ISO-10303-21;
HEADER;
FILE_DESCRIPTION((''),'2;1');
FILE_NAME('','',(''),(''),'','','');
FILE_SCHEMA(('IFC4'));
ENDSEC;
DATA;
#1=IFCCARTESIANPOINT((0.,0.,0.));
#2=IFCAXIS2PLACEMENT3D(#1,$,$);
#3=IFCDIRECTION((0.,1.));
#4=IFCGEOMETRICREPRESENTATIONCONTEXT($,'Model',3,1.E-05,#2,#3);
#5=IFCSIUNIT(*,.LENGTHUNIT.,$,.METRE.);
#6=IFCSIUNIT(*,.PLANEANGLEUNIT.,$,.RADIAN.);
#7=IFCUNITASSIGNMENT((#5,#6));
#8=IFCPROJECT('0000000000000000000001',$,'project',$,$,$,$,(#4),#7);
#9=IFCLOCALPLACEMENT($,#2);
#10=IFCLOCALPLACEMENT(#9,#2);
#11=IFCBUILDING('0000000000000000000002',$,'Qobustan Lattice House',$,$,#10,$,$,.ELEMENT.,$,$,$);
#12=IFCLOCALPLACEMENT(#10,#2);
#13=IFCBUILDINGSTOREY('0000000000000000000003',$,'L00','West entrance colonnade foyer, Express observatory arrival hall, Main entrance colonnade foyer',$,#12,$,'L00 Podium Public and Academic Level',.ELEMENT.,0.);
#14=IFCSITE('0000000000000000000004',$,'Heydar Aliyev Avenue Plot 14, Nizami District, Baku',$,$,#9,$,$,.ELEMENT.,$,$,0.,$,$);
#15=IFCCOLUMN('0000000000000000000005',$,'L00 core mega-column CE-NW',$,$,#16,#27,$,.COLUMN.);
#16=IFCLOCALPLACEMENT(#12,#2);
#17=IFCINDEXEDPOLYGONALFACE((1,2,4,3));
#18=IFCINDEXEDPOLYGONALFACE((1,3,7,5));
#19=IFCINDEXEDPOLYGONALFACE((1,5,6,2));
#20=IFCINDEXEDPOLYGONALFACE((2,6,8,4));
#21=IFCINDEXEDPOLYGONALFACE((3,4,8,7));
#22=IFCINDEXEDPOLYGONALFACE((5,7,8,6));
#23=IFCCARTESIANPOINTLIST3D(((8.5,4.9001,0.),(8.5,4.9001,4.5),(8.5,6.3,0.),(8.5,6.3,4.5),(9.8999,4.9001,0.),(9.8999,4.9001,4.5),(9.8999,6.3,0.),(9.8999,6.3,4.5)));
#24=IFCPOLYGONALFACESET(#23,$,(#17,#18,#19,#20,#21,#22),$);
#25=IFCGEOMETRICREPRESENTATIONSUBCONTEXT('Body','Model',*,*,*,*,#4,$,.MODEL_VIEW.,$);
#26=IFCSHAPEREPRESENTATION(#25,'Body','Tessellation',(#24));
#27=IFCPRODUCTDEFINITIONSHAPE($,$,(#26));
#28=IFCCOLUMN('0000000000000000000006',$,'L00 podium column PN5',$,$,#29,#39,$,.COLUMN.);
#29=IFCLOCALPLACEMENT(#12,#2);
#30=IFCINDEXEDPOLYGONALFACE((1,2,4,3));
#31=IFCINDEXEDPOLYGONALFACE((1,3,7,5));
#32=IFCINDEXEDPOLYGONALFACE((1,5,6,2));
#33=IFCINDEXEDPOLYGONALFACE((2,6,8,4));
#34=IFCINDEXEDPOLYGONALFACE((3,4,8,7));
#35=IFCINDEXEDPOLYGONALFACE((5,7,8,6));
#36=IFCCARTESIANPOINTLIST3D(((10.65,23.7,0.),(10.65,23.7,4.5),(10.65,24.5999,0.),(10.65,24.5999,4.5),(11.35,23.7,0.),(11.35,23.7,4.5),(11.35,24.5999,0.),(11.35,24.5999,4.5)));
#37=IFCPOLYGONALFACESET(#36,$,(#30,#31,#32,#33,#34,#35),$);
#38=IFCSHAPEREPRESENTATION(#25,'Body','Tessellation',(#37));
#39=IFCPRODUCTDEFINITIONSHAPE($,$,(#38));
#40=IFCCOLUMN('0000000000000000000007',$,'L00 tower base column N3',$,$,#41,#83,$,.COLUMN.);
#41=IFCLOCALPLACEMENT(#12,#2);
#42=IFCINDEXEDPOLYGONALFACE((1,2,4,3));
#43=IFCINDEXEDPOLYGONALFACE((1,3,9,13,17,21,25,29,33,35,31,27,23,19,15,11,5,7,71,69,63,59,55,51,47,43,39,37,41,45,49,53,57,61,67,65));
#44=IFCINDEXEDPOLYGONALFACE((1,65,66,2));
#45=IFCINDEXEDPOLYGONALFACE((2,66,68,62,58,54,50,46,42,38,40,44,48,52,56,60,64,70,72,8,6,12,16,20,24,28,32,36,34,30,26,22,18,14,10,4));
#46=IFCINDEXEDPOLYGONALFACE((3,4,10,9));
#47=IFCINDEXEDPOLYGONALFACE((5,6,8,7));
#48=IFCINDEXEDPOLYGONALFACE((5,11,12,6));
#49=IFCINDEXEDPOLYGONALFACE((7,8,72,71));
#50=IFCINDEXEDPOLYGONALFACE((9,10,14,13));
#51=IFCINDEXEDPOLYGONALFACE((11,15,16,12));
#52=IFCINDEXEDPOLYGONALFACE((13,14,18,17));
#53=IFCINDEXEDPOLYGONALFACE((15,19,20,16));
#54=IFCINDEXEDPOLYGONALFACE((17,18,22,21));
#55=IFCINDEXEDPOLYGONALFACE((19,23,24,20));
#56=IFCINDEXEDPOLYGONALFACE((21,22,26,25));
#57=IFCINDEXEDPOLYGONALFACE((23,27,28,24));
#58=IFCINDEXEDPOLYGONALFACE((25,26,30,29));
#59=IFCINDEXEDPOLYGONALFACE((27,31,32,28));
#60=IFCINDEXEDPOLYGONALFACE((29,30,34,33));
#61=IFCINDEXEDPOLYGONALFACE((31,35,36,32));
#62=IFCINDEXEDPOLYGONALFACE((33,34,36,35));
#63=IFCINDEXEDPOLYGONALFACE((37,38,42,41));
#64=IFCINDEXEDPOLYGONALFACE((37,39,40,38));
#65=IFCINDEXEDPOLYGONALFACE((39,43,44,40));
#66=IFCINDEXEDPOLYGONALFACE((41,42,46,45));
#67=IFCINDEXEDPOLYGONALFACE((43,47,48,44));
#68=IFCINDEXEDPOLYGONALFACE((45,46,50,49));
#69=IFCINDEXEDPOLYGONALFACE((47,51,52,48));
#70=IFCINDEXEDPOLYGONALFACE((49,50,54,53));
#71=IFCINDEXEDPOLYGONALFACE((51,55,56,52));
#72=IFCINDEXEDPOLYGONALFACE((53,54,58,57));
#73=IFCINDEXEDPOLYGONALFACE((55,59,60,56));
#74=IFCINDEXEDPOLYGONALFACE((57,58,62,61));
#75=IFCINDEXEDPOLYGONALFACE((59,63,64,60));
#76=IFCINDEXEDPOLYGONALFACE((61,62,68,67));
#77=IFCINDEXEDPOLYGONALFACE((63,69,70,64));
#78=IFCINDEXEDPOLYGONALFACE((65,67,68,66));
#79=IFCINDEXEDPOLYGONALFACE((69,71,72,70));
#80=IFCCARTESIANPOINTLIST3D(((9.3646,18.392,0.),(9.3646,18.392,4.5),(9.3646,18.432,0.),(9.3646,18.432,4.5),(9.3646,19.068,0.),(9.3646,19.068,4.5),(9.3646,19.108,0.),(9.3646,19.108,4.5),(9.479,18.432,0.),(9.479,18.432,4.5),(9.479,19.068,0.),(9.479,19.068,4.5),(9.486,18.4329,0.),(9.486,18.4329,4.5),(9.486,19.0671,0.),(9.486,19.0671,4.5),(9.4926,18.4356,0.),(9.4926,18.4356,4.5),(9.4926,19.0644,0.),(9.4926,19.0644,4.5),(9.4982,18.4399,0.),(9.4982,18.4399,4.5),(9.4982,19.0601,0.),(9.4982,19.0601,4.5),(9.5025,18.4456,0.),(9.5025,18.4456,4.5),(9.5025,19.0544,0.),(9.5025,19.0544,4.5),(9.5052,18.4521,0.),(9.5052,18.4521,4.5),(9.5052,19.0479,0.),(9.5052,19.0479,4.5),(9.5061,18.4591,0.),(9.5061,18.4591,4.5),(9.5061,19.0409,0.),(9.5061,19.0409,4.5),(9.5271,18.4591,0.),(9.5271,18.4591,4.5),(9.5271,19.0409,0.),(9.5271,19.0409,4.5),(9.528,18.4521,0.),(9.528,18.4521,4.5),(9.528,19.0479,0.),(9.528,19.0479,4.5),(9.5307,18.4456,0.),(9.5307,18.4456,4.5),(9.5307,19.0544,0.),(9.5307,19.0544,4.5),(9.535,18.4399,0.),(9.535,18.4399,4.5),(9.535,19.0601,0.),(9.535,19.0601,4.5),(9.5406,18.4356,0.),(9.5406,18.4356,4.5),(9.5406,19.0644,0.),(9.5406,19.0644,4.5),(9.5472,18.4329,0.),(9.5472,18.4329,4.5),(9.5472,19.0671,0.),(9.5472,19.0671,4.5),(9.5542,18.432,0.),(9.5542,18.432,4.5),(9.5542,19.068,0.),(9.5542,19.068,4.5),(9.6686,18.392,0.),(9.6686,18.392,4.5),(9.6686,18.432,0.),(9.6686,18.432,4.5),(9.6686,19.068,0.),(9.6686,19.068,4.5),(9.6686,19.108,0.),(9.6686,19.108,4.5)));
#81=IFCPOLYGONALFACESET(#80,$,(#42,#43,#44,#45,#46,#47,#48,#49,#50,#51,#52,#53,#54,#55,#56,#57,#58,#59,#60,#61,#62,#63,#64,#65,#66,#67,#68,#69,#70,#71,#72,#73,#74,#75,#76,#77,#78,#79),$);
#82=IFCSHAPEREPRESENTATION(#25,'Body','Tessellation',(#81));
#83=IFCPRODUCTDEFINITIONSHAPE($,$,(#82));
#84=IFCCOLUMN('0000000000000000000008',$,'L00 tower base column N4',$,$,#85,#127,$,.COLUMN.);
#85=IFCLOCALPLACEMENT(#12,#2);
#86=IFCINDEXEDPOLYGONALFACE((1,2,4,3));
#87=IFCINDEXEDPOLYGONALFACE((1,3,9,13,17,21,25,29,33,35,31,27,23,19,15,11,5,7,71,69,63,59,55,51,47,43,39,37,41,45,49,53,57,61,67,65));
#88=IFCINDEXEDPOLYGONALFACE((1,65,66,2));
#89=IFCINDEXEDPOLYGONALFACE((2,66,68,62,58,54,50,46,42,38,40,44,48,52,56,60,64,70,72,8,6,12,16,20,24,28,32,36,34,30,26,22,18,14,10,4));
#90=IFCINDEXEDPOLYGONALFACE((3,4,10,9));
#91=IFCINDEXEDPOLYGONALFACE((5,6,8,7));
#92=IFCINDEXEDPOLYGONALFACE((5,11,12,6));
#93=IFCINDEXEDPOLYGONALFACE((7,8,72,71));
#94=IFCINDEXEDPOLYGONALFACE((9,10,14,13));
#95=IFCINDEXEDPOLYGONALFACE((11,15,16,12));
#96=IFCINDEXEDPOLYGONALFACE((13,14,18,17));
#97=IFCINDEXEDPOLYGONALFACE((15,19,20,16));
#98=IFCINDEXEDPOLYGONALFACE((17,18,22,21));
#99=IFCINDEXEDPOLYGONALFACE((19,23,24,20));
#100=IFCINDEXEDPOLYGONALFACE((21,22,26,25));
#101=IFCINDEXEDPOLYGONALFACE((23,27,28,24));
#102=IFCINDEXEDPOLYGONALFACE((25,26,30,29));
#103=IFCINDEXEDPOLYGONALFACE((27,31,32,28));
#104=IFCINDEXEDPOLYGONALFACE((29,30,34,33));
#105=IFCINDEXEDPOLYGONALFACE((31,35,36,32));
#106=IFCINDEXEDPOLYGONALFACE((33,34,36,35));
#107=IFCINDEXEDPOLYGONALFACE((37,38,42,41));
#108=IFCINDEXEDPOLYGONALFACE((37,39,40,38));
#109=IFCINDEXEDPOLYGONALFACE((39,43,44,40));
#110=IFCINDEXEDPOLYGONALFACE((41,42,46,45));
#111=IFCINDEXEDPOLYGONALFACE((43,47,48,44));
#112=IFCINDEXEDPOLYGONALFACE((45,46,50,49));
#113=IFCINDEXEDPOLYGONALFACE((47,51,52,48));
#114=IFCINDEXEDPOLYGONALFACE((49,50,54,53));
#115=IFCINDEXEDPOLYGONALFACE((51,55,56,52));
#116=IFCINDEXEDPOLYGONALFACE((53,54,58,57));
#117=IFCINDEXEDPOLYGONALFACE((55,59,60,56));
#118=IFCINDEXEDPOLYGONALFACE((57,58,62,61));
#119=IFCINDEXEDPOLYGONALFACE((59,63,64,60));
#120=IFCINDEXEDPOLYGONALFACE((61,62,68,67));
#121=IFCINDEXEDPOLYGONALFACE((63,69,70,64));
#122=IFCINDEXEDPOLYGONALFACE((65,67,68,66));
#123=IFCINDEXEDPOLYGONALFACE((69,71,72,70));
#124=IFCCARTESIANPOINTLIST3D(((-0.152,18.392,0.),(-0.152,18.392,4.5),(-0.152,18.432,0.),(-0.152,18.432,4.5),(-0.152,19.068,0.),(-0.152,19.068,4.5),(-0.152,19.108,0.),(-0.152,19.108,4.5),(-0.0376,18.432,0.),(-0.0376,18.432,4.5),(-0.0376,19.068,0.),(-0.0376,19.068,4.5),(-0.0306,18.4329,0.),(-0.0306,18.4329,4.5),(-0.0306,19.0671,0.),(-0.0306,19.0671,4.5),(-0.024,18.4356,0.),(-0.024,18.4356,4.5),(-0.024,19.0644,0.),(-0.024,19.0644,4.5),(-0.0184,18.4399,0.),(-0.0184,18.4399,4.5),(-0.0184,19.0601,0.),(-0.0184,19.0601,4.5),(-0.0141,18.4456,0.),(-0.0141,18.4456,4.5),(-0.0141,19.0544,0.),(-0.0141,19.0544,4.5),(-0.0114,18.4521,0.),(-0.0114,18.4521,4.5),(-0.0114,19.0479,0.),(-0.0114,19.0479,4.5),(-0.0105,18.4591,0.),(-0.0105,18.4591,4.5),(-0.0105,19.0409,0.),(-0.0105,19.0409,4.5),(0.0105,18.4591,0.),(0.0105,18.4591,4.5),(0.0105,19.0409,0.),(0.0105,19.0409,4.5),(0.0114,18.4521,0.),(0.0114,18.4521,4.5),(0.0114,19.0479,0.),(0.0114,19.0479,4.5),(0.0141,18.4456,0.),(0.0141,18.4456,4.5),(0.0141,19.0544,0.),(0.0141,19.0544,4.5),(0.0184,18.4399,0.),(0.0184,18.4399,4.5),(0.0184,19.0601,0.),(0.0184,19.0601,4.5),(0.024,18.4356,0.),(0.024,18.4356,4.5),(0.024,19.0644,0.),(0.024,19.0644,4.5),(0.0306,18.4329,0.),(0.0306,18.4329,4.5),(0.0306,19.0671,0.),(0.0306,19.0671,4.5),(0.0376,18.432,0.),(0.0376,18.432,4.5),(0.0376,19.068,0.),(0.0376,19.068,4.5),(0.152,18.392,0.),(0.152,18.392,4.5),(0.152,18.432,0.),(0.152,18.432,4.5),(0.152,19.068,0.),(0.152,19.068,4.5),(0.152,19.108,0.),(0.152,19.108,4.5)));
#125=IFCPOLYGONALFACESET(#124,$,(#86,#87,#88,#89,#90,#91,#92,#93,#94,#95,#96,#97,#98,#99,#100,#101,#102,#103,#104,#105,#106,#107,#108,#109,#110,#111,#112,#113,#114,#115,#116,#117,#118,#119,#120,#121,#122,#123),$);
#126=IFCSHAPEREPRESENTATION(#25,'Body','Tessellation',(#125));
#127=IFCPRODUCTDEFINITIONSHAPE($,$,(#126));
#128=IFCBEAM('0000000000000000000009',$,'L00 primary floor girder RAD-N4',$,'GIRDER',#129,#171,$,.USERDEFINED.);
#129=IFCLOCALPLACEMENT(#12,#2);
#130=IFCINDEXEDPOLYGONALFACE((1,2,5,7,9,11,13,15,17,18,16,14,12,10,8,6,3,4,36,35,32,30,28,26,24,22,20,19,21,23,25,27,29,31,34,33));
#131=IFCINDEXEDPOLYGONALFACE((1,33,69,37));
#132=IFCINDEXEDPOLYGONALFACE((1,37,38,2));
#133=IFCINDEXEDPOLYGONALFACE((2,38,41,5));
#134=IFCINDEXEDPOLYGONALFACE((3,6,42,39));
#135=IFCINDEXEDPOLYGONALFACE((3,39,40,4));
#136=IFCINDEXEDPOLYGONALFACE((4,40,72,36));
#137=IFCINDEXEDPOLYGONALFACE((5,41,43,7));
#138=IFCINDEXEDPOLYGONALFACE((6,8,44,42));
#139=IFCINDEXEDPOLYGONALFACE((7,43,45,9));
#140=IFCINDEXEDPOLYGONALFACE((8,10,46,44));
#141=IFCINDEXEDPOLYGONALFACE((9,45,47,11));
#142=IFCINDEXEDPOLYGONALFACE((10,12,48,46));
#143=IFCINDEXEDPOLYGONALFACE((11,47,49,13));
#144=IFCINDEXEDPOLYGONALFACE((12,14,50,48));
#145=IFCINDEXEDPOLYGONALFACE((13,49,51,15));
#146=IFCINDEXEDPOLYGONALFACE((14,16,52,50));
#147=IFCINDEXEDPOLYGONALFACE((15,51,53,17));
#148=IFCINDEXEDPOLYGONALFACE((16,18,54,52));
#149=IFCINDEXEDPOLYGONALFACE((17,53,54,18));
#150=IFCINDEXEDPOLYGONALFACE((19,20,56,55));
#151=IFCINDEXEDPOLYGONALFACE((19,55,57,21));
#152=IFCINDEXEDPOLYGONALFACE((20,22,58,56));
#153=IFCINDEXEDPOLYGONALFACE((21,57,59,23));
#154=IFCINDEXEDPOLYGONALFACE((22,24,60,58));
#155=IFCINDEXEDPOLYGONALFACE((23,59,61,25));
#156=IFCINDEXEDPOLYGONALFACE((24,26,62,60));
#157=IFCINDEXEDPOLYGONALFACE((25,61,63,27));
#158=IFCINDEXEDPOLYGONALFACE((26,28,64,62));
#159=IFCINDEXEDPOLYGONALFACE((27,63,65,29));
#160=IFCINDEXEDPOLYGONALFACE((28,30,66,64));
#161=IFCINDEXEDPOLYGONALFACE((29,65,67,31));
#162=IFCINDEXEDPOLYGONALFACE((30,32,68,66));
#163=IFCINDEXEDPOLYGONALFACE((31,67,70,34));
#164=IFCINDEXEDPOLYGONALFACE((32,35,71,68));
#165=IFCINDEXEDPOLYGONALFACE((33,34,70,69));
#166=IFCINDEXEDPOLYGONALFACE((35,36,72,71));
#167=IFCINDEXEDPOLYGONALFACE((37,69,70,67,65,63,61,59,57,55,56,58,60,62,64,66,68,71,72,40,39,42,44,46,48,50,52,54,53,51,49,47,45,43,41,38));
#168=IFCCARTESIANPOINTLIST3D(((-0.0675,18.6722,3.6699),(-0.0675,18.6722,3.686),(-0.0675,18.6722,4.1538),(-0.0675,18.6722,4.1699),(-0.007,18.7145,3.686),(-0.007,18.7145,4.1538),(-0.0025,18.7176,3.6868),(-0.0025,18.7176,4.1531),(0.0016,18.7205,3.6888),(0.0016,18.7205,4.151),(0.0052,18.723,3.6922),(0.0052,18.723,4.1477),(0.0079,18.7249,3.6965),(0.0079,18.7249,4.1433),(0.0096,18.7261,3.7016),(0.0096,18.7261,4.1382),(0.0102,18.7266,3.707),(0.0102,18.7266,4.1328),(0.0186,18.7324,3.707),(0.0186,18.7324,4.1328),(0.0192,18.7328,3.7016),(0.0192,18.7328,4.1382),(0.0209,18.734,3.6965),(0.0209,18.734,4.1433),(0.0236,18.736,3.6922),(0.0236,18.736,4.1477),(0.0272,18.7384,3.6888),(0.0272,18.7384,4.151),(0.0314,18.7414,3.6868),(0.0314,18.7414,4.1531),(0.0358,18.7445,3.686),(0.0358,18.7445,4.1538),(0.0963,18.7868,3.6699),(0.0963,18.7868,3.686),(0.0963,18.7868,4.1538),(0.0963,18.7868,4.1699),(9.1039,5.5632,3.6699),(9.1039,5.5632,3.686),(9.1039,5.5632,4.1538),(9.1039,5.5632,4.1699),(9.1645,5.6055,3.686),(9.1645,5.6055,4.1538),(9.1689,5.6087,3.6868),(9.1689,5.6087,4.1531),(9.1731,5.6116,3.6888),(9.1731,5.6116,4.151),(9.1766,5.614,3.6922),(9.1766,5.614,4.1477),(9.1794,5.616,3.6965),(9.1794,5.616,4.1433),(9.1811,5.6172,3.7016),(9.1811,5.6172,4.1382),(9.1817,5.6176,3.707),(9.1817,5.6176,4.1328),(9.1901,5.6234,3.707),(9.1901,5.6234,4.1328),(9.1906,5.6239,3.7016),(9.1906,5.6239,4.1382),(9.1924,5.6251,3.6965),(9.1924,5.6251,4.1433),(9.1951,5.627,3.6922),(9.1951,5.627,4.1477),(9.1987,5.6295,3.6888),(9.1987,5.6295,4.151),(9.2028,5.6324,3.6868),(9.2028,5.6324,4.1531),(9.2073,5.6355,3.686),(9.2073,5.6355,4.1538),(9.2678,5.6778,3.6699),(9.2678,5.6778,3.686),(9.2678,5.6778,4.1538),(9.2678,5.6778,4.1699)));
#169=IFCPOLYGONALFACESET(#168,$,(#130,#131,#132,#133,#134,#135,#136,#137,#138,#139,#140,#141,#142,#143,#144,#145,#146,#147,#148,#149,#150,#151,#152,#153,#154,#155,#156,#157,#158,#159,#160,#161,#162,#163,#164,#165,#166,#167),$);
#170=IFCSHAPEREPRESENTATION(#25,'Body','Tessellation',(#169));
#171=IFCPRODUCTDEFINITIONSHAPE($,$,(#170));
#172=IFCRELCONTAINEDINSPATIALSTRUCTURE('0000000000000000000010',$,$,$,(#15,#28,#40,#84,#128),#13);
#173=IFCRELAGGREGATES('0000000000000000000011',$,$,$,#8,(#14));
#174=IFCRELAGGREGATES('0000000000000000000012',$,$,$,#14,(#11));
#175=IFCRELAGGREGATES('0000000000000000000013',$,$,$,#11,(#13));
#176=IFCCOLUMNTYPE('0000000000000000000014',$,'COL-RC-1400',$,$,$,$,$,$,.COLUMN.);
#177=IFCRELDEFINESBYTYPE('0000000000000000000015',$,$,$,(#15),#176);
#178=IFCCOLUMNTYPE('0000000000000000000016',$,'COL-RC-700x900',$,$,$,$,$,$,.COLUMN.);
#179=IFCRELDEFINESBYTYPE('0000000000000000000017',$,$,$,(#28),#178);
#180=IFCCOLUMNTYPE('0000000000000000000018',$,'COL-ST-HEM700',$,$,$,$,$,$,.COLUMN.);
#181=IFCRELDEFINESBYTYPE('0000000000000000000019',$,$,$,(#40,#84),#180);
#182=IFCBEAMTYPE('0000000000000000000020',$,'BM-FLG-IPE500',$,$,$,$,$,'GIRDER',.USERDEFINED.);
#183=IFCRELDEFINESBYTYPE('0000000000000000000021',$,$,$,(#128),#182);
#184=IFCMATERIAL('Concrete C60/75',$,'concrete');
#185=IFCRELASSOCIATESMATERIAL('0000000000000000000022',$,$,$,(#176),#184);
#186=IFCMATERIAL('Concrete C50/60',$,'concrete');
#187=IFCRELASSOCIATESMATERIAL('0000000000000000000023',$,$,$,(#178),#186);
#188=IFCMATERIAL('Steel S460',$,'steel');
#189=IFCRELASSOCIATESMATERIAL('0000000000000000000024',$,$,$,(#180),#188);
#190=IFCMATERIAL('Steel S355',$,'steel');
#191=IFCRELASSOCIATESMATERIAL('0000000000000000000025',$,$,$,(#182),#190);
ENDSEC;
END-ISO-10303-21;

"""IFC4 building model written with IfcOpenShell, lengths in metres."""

from ifc_helpers import new_model, si_unit, direction, frame, origin, origin_2d, place, context, subcontext, project, spatial, rectangle, i_section, extrude, material, material_profile, profile_set, type_object, element, save


model = new_model("IFC4")

# Units and contexts
model_context = context("Model", 3, precision=1e-05, world=origin(), true_north=direction((0.0, 1.0)))
body_context = subcontext(model_context, "Body", "Model", "MODEL_VIEW")
ifc_project = project(units=[si_unit("LENGTHUNIT", "METRE"), si_unit("PLANEANGLEUNIT", "RADIAN")], contexts=[model_context])

# Site, building, storey
site_placement = place(None, origin())
site = spatial("IfcSite", under=ifc_project, at=site_placement, Name="Heydar Aliyev Avenue Plot 14, Nizami District, Baku", CompositionType="ELEMENT", RefElevation=0.0)
building_placement = place(site_placement, origin())
building = spatial("IfcBuilding", under=site, at=building_placement, Name="Qobustan Lattice House", CompositionType="ELEMENT")
storey_placement = place(building_placement, origin())
storey = spatial("IfcBuildingStorey", under=building, at=storey_placement, Name="L00", Description="West entrance colonnade foyer, Express observatory arrival hall, Main entrance colonnade foyer", LongName="L00 Podium Public and Academic Level", CompositionType="ELEMENT", Elevation=0.0)

# Columns
ifc_material_1 = material(Name="Concrete C60/75", Category="concrete")
ifc_material_profile_1 = material_profile(ifc_material_1, rectangle(XDim=1.3999, YDim=1.3999, at=origin_2d()), Name="RC1400x1400")
ifc_profile_set_1 = profile_set([ifc_material_profile_1], Name="Concrete C60/75")
column_type_1 = type_object("IfcColumnType", Name="COL-RC-1400", PredefinedType="COLUMN", material=ifc_profile_set_1)
column_1_placement = place(storey_placement, frame((9.2, 5.6001, 0.0), z_axis=(0.0, 0.0, 1.0), x_axis=(1.0, 0.0, 0.0)))
element("IfcColumn", 1, at=column_1_placement, inside=storey, type_object=column_type_1, Name="L00 core mega-column CE-NW", PredefinedType="COLUMN", context=body_context, shape_type="SweptSolid", body=[
    extrude(rectangle(XDim=1.3999, YDim=1.3999, at=origin_2d()), origin(), (0.0, 0.0, 1.0), 4.5),
])
ifc_material_2 = material(Name="Concrete C50/60", Category="concrete")
ifc_material_profile_2 = material_profile(ifc_material_2, rectangle(XDim=0.7, YDim=0.8999, at=origin_2d()), Name="RC700x900")
ifc_profile_set_2 = profile_set([ifc_material_profile_2], Name="Concrete C50/60")
column_type_2 = type_object("IfcColumnType", Name="COL-RC-700x900", PredefinedType="COLUMN", material=ifc_profile_set_2)
column_2_placement = place(storey_placement, frame((11.0, 24.1499, 0.0), z_axis=(0.0, 0.0, 1.0), x_axis=(1.0, 0.0, 0.0)))
element("IfcColumn", 2, at=column_2_placement, inside=storey, type_object=column_type_2, Name="L00 podium column PN5", PredefinedType="COLUMN", context=body_context, shape_type="SweptSolid", body=[
    extrude(rectangle(XDim=0.7, YDim=0.8999, at=origin_2d()), origin(), (0.0, 0.0, 1.0), 4.5),
])
ifc_material_3 = material(Name="Steel S460", Category="steel")
ifc_material_profile_3 = material_profile(ifc_material_3, i_section(OverallWidth=0.304, OverallDepth=0.7161, WebThickness=0.021, FlangeThickness=0.04, FilletRadius=0.0271, at=origin_2d()), Name="HEM700")
ifc_profile_set_3 = profile_set([ifc_material_profile_3], Name="Steel S460")
column_type_3 = type_object("IfcColumnType", Name="COL-ST-HEM700", PredefinedType="COLUMN", material=ifc_profile_set_3)
for number, where, z_axis, x_axis, name in (
    (3, (9.5166, 18.75, 0.0), (0.0, 0.0, 1.0), (1.0, 0.0, 0.0), "L00 tower base column N3"),
    (4, (0.0, 18.75, 0.0), (0.0, 0.0, 1.0), (1.0, 0.0, 0.0), "L00 tower base column N4"),
):
    element("IfcColumn", number, at=place(storey_placement, frame(where, z_axis=z_axis, x_axis=x_axis)), inside=storey, type_object=column_type_3, Name=name, PredefinedType="COLUMN", context=body_context, shape_type="SweptSolid", body=[
        extrude(i_section(OverallWidth=0.304, OverallDepth=0.7161, WebThickness=0.021, FlangeThickness=0.04, FilletRadius=0.0271, at=origin_2d()), origin(), (0.0, 0.0, 1.0), 4.5),
    ])

# Beam
ifc_material_4 = material(Name="Steel S355", Category="steel")
ifc_material_profile_4 = material_profile(ifc_material_4, i_section(OverallWidth=0.2, OverallDepth=0.5, WebThickness=0.0103, FlangeThickness=0.0161, FilletRadius=0.021, at=origin_2d()), Name="IPE500")
ifc_profile_set_4 = profile_set([ifc_material_profile_4], Name="Steel S355")
beam_type_1 = type_object("IfcBeamType", Name="BM-FLG-IPE500", ElementType="GIRDER", PredefinedType="USERDEFINED", material=ifc_profile_set_4)
beam_1_placement = place(storey_placement, frame((0.0144, 18.7295, 3.9199), z_axis=(0.57326, -0.819374, 0.0), x_axis=(0.819374, 0.57326, 0.0)))
element("IfcBeam", 5, at=beam_1_placement, inside=storey, type_object=beam_type_1, Name="L00 primary floor girder RAD-N4", ObjectType="GIRDER", PredefinedType="USERDEFINED", context=body_context, shape_type="SweptSolid", body=[
    extrude(i_section(OverallWidth=0.2, OverallDepth=0.5, WebThickness=0.0103, FlangeThickness=0.0161, FilletRadius=0.021, at=origin_2d()), origin(), (0.0, 0.0, 1.0), 15.9988),
])

save(model, "model.ifc")
